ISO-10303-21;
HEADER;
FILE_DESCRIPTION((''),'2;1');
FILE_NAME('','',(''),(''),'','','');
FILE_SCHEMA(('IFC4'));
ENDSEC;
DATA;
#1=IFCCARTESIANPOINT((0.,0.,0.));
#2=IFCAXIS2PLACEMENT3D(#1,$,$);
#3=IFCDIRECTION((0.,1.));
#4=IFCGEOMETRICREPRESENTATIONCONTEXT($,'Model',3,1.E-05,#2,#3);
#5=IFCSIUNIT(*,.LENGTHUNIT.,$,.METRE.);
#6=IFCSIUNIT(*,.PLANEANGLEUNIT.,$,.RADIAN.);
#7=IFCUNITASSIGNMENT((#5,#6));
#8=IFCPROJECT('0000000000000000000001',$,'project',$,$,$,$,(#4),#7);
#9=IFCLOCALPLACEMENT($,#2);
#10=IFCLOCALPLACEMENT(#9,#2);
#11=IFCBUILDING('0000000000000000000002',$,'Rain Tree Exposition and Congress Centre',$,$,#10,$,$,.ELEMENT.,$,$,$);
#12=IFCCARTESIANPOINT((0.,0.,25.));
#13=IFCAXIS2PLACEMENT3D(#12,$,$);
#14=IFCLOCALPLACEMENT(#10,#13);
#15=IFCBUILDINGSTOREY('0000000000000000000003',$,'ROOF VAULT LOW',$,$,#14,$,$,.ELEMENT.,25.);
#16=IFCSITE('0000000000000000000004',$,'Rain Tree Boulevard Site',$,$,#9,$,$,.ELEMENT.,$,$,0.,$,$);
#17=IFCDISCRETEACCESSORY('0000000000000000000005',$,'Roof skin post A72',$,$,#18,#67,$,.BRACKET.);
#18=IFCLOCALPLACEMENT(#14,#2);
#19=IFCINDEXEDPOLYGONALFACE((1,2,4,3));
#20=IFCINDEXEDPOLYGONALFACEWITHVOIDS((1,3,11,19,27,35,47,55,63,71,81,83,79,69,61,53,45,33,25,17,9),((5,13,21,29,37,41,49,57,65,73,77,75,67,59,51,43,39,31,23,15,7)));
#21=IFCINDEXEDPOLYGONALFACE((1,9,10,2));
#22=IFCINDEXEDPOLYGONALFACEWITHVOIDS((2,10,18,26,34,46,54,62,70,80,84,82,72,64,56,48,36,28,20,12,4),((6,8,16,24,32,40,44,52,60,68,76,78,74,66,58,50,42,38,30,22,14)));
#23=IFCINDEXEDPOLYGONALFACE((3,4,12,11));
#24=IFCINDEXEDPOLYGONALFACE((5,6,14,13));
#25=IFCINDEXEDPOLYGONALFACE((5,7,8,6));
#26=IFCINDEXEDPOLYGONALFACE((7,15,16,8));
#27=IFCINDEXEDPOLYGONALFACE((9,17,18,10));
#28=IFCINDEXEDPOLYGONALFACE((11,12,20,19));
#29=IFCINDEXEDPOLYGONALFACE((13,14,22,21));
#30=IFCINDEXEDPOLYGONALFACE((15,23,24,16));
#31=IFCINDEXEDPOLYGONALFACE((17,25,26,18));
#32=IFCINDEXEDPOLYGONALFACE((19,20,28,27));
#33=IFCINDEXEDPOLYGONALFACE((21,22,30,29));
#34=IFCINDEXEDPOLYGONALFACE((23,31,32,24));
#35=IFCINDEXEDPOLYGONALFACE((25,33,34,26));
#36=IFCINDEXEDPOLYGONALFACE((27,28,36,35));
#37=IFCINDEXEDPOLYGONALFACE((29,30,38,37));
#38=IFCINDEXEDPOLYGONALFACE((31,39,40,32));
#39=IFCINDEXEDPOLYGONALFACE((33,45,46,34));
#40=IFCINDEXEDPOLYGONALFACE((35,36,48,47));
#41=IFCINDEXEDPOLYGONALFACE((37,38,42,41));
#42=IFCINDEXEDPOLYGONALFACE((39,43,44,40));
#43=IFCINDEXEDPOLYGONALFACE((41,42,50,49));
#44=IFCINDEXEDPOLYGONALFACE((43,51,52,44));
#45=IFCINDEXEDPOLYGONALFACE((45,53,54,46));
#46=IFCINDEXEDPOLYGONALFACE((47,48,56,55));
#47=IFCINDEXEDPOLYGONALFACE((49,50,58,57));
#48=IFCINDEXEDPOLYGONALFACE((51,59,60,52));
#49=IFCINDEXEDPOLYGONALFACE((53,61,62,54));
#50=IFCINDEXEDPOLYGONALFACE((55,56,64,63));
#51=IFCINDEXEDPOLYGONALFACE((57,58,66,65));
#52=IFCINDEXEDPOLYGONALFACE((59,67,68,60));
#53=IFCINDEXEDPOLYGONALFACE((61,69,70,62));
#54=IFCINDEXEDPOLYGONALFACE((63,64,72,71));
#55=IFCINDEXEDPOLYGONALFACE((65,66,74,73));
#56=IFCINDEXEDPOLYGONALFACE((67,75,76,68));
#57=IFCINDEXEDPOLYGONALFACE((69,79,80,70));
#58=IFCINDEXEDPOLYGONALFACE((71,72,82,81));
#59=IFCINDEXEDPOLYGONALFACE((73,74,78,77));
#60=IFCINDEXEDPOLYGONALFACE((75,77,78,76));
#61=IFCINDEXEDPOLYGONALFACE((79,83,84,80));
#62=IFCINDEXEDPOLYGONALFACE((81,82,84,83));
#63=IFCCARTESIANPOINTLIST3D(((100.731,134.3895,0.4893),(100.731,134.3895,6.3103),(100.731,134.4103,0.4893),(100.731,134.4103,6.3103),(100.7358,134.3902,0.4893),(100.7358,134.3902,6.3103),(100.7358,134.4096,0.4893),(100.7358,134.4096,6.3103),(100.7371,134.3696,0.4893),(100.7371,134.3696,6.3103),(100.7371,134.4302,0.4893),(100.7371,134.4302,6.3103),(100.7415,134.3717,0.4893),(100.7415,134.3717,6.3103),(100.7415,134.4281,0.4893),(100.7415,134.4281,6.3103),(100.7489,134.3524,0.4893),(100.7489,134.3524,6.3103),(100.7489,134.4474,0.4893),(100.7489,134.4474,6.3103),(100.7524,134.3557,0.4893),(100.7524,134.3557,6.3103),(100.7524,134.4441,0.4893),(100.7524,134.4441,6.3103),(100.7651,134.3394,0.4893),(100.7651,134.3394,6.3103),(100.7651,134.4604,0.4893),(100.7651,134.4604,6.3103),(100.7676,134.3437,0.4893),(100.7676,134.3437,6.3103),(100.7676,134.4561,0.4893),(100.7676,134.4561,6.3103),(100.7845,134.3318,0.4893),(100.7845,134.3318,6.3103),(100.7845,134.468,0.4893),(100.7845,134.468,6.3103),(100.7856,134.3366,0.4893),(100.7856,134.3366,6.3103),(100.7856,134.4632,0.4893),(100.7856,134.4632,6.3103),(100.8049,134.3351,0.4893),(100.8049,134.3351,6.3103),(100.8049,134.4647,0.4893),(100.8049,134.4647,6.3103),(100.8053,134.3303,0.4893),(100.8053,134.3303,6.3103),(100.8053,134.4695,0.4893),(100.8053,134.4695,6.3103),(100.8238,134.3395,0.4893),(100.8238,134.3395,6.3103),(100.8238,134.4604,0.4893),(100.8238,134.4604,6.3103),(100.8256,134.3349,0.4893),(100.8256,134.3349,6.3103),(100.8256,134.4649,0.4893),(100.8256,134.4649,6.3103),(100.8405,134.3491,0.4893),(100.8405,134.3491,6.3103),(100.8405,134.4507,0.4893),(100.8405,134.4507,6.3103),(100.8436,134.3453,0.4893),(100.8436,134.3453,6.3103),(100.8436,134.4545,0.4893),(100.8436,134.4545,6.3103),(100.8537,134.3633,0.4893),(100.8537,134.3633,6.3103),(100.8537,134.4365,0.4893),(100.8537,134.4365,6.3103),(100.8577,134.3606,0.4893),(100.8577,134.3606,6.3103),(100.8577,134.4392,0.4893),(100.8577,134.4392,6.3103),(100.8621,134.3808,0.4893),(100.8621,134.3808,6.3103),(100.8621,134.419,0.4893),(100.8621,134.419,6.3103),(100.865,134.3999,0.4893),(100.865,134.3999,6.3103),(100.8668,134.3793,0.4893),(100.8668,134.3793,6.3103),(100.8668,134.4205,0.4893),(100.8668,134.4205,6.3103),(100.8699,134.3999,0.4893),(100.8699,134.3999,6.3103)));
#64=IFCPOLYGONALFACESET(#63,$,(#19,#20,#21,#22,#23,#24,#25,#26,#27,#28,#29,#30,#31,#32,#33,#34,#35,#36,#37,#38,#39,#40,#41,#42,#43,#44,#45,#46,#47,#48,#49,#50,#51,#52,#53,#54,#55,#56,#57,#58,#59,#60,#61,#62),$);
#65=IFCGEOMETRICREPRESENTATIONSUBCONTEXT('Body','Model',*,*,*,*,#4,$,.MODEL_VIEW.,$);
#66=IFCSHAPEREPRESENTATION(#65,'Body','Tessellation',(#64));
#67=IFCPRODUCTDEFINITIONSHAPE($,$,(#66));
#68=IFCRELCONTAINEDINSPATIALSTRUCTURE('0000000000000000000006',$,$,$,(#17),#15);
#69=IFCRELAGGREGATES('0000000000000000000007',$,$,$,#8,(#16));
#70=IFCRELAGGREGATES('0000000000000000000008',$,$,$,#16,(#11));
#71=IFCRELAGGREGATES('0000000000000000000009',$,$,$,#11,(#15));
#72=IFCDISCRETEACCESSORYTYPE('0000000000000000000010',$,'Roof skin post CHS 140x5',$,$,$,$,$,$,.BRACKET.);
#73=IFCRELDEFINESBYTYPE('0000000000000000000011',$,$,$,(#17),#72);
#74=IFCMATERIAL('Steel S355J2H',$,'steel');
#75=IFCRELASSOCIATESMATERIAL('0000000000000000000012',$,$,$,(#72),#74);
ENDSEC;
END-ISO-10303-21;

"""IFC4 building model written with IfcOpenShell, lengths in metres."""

from ifc_helpers import new_model, si_unit, direction, frame, origin, origin_2d, place, context, subcontext, project, spatial, hollow_circle, extrude, material, material_profile, profile_set, type_object, element, save


model = new_model("IFC4")

# Units and contexts
model_context = context("Model", 3, precision=1e-05, world=origin(), true_north=direction((0.0, 1.0)))
body_context = subcontext(model_context, "Body", "Model", "MODEL_VIEW")
ifc_project = project(units=[si_unit("LENGTHUNIT", "METRE"), si_unit("PLANEANGLEUNIT", "RADIAN")], contexts=[model_context])

# Site, building, storey
site_placement = place(None, origin())
site = spatial("IfcSite", under=ifc_project, at=site_placement, Name="Rain Tree Boulevard Site", CompositionType="ELEMENT", RefElevation=0.0)
building_placement = place(site_placement, origin())
building = spatial("IfcBuilding", under=site, at=building_placement, Name="Rain Tree Exposition and Congress Centre", CompositionType="ELEMENT")
storey_placement = place(building_placement, frame((0.0, 0.0, 25.0)))
storey = spatial("IfcBuildingStorey", under=building, at=storey_placement, Name="ROOF VAULT LOW", CompositionType="ELEMENT", Elevation=25.0)

# Discrete accessory
ifc_material_1 = material(Name="Steel S355J2H", Category="steel")
ifc_material_profile_1 = material_profile(ifc_material_1, hollow_circle(Radius=0.0698, WallThickness=0.0049, at=origin_2d()), Name="CHS 140x5")
ifc_profile_set_1 = profile_set([ifc_material_profile_1], Name="Steel S355J2H")
discrete_accessory_type_1 = type_object("IfcDiscreteAccessoryType", Name="Roof skin post CHS 140x5", PredefinedType="BRACKET", material=ifc_profile_set_1)
discrete_accessory_1_placement = place(storey_placement, frame((100.8, 134.3999, 0.4893), z_axis=(0.0, 0.0, 1.0), x_axis=(1.0, 0.0, 0.0)))
element("IfcDiscreteAccessory", 1, at=discrete_accessory_1_placement, inside=storey, type_object=discrete_accessory_type_1, Name="Roof skin post A72", PredefinedType="BRACKET", context=body_context, shape_type="SweptSolid", body=[
    extrude(hollow_circle(Radius=0.0698, WallThickness=0.0049, at=origin_2d()), origin(), (0.0, 0.0, 1.0), 5.821),
])

save(model, "model.ifc")
